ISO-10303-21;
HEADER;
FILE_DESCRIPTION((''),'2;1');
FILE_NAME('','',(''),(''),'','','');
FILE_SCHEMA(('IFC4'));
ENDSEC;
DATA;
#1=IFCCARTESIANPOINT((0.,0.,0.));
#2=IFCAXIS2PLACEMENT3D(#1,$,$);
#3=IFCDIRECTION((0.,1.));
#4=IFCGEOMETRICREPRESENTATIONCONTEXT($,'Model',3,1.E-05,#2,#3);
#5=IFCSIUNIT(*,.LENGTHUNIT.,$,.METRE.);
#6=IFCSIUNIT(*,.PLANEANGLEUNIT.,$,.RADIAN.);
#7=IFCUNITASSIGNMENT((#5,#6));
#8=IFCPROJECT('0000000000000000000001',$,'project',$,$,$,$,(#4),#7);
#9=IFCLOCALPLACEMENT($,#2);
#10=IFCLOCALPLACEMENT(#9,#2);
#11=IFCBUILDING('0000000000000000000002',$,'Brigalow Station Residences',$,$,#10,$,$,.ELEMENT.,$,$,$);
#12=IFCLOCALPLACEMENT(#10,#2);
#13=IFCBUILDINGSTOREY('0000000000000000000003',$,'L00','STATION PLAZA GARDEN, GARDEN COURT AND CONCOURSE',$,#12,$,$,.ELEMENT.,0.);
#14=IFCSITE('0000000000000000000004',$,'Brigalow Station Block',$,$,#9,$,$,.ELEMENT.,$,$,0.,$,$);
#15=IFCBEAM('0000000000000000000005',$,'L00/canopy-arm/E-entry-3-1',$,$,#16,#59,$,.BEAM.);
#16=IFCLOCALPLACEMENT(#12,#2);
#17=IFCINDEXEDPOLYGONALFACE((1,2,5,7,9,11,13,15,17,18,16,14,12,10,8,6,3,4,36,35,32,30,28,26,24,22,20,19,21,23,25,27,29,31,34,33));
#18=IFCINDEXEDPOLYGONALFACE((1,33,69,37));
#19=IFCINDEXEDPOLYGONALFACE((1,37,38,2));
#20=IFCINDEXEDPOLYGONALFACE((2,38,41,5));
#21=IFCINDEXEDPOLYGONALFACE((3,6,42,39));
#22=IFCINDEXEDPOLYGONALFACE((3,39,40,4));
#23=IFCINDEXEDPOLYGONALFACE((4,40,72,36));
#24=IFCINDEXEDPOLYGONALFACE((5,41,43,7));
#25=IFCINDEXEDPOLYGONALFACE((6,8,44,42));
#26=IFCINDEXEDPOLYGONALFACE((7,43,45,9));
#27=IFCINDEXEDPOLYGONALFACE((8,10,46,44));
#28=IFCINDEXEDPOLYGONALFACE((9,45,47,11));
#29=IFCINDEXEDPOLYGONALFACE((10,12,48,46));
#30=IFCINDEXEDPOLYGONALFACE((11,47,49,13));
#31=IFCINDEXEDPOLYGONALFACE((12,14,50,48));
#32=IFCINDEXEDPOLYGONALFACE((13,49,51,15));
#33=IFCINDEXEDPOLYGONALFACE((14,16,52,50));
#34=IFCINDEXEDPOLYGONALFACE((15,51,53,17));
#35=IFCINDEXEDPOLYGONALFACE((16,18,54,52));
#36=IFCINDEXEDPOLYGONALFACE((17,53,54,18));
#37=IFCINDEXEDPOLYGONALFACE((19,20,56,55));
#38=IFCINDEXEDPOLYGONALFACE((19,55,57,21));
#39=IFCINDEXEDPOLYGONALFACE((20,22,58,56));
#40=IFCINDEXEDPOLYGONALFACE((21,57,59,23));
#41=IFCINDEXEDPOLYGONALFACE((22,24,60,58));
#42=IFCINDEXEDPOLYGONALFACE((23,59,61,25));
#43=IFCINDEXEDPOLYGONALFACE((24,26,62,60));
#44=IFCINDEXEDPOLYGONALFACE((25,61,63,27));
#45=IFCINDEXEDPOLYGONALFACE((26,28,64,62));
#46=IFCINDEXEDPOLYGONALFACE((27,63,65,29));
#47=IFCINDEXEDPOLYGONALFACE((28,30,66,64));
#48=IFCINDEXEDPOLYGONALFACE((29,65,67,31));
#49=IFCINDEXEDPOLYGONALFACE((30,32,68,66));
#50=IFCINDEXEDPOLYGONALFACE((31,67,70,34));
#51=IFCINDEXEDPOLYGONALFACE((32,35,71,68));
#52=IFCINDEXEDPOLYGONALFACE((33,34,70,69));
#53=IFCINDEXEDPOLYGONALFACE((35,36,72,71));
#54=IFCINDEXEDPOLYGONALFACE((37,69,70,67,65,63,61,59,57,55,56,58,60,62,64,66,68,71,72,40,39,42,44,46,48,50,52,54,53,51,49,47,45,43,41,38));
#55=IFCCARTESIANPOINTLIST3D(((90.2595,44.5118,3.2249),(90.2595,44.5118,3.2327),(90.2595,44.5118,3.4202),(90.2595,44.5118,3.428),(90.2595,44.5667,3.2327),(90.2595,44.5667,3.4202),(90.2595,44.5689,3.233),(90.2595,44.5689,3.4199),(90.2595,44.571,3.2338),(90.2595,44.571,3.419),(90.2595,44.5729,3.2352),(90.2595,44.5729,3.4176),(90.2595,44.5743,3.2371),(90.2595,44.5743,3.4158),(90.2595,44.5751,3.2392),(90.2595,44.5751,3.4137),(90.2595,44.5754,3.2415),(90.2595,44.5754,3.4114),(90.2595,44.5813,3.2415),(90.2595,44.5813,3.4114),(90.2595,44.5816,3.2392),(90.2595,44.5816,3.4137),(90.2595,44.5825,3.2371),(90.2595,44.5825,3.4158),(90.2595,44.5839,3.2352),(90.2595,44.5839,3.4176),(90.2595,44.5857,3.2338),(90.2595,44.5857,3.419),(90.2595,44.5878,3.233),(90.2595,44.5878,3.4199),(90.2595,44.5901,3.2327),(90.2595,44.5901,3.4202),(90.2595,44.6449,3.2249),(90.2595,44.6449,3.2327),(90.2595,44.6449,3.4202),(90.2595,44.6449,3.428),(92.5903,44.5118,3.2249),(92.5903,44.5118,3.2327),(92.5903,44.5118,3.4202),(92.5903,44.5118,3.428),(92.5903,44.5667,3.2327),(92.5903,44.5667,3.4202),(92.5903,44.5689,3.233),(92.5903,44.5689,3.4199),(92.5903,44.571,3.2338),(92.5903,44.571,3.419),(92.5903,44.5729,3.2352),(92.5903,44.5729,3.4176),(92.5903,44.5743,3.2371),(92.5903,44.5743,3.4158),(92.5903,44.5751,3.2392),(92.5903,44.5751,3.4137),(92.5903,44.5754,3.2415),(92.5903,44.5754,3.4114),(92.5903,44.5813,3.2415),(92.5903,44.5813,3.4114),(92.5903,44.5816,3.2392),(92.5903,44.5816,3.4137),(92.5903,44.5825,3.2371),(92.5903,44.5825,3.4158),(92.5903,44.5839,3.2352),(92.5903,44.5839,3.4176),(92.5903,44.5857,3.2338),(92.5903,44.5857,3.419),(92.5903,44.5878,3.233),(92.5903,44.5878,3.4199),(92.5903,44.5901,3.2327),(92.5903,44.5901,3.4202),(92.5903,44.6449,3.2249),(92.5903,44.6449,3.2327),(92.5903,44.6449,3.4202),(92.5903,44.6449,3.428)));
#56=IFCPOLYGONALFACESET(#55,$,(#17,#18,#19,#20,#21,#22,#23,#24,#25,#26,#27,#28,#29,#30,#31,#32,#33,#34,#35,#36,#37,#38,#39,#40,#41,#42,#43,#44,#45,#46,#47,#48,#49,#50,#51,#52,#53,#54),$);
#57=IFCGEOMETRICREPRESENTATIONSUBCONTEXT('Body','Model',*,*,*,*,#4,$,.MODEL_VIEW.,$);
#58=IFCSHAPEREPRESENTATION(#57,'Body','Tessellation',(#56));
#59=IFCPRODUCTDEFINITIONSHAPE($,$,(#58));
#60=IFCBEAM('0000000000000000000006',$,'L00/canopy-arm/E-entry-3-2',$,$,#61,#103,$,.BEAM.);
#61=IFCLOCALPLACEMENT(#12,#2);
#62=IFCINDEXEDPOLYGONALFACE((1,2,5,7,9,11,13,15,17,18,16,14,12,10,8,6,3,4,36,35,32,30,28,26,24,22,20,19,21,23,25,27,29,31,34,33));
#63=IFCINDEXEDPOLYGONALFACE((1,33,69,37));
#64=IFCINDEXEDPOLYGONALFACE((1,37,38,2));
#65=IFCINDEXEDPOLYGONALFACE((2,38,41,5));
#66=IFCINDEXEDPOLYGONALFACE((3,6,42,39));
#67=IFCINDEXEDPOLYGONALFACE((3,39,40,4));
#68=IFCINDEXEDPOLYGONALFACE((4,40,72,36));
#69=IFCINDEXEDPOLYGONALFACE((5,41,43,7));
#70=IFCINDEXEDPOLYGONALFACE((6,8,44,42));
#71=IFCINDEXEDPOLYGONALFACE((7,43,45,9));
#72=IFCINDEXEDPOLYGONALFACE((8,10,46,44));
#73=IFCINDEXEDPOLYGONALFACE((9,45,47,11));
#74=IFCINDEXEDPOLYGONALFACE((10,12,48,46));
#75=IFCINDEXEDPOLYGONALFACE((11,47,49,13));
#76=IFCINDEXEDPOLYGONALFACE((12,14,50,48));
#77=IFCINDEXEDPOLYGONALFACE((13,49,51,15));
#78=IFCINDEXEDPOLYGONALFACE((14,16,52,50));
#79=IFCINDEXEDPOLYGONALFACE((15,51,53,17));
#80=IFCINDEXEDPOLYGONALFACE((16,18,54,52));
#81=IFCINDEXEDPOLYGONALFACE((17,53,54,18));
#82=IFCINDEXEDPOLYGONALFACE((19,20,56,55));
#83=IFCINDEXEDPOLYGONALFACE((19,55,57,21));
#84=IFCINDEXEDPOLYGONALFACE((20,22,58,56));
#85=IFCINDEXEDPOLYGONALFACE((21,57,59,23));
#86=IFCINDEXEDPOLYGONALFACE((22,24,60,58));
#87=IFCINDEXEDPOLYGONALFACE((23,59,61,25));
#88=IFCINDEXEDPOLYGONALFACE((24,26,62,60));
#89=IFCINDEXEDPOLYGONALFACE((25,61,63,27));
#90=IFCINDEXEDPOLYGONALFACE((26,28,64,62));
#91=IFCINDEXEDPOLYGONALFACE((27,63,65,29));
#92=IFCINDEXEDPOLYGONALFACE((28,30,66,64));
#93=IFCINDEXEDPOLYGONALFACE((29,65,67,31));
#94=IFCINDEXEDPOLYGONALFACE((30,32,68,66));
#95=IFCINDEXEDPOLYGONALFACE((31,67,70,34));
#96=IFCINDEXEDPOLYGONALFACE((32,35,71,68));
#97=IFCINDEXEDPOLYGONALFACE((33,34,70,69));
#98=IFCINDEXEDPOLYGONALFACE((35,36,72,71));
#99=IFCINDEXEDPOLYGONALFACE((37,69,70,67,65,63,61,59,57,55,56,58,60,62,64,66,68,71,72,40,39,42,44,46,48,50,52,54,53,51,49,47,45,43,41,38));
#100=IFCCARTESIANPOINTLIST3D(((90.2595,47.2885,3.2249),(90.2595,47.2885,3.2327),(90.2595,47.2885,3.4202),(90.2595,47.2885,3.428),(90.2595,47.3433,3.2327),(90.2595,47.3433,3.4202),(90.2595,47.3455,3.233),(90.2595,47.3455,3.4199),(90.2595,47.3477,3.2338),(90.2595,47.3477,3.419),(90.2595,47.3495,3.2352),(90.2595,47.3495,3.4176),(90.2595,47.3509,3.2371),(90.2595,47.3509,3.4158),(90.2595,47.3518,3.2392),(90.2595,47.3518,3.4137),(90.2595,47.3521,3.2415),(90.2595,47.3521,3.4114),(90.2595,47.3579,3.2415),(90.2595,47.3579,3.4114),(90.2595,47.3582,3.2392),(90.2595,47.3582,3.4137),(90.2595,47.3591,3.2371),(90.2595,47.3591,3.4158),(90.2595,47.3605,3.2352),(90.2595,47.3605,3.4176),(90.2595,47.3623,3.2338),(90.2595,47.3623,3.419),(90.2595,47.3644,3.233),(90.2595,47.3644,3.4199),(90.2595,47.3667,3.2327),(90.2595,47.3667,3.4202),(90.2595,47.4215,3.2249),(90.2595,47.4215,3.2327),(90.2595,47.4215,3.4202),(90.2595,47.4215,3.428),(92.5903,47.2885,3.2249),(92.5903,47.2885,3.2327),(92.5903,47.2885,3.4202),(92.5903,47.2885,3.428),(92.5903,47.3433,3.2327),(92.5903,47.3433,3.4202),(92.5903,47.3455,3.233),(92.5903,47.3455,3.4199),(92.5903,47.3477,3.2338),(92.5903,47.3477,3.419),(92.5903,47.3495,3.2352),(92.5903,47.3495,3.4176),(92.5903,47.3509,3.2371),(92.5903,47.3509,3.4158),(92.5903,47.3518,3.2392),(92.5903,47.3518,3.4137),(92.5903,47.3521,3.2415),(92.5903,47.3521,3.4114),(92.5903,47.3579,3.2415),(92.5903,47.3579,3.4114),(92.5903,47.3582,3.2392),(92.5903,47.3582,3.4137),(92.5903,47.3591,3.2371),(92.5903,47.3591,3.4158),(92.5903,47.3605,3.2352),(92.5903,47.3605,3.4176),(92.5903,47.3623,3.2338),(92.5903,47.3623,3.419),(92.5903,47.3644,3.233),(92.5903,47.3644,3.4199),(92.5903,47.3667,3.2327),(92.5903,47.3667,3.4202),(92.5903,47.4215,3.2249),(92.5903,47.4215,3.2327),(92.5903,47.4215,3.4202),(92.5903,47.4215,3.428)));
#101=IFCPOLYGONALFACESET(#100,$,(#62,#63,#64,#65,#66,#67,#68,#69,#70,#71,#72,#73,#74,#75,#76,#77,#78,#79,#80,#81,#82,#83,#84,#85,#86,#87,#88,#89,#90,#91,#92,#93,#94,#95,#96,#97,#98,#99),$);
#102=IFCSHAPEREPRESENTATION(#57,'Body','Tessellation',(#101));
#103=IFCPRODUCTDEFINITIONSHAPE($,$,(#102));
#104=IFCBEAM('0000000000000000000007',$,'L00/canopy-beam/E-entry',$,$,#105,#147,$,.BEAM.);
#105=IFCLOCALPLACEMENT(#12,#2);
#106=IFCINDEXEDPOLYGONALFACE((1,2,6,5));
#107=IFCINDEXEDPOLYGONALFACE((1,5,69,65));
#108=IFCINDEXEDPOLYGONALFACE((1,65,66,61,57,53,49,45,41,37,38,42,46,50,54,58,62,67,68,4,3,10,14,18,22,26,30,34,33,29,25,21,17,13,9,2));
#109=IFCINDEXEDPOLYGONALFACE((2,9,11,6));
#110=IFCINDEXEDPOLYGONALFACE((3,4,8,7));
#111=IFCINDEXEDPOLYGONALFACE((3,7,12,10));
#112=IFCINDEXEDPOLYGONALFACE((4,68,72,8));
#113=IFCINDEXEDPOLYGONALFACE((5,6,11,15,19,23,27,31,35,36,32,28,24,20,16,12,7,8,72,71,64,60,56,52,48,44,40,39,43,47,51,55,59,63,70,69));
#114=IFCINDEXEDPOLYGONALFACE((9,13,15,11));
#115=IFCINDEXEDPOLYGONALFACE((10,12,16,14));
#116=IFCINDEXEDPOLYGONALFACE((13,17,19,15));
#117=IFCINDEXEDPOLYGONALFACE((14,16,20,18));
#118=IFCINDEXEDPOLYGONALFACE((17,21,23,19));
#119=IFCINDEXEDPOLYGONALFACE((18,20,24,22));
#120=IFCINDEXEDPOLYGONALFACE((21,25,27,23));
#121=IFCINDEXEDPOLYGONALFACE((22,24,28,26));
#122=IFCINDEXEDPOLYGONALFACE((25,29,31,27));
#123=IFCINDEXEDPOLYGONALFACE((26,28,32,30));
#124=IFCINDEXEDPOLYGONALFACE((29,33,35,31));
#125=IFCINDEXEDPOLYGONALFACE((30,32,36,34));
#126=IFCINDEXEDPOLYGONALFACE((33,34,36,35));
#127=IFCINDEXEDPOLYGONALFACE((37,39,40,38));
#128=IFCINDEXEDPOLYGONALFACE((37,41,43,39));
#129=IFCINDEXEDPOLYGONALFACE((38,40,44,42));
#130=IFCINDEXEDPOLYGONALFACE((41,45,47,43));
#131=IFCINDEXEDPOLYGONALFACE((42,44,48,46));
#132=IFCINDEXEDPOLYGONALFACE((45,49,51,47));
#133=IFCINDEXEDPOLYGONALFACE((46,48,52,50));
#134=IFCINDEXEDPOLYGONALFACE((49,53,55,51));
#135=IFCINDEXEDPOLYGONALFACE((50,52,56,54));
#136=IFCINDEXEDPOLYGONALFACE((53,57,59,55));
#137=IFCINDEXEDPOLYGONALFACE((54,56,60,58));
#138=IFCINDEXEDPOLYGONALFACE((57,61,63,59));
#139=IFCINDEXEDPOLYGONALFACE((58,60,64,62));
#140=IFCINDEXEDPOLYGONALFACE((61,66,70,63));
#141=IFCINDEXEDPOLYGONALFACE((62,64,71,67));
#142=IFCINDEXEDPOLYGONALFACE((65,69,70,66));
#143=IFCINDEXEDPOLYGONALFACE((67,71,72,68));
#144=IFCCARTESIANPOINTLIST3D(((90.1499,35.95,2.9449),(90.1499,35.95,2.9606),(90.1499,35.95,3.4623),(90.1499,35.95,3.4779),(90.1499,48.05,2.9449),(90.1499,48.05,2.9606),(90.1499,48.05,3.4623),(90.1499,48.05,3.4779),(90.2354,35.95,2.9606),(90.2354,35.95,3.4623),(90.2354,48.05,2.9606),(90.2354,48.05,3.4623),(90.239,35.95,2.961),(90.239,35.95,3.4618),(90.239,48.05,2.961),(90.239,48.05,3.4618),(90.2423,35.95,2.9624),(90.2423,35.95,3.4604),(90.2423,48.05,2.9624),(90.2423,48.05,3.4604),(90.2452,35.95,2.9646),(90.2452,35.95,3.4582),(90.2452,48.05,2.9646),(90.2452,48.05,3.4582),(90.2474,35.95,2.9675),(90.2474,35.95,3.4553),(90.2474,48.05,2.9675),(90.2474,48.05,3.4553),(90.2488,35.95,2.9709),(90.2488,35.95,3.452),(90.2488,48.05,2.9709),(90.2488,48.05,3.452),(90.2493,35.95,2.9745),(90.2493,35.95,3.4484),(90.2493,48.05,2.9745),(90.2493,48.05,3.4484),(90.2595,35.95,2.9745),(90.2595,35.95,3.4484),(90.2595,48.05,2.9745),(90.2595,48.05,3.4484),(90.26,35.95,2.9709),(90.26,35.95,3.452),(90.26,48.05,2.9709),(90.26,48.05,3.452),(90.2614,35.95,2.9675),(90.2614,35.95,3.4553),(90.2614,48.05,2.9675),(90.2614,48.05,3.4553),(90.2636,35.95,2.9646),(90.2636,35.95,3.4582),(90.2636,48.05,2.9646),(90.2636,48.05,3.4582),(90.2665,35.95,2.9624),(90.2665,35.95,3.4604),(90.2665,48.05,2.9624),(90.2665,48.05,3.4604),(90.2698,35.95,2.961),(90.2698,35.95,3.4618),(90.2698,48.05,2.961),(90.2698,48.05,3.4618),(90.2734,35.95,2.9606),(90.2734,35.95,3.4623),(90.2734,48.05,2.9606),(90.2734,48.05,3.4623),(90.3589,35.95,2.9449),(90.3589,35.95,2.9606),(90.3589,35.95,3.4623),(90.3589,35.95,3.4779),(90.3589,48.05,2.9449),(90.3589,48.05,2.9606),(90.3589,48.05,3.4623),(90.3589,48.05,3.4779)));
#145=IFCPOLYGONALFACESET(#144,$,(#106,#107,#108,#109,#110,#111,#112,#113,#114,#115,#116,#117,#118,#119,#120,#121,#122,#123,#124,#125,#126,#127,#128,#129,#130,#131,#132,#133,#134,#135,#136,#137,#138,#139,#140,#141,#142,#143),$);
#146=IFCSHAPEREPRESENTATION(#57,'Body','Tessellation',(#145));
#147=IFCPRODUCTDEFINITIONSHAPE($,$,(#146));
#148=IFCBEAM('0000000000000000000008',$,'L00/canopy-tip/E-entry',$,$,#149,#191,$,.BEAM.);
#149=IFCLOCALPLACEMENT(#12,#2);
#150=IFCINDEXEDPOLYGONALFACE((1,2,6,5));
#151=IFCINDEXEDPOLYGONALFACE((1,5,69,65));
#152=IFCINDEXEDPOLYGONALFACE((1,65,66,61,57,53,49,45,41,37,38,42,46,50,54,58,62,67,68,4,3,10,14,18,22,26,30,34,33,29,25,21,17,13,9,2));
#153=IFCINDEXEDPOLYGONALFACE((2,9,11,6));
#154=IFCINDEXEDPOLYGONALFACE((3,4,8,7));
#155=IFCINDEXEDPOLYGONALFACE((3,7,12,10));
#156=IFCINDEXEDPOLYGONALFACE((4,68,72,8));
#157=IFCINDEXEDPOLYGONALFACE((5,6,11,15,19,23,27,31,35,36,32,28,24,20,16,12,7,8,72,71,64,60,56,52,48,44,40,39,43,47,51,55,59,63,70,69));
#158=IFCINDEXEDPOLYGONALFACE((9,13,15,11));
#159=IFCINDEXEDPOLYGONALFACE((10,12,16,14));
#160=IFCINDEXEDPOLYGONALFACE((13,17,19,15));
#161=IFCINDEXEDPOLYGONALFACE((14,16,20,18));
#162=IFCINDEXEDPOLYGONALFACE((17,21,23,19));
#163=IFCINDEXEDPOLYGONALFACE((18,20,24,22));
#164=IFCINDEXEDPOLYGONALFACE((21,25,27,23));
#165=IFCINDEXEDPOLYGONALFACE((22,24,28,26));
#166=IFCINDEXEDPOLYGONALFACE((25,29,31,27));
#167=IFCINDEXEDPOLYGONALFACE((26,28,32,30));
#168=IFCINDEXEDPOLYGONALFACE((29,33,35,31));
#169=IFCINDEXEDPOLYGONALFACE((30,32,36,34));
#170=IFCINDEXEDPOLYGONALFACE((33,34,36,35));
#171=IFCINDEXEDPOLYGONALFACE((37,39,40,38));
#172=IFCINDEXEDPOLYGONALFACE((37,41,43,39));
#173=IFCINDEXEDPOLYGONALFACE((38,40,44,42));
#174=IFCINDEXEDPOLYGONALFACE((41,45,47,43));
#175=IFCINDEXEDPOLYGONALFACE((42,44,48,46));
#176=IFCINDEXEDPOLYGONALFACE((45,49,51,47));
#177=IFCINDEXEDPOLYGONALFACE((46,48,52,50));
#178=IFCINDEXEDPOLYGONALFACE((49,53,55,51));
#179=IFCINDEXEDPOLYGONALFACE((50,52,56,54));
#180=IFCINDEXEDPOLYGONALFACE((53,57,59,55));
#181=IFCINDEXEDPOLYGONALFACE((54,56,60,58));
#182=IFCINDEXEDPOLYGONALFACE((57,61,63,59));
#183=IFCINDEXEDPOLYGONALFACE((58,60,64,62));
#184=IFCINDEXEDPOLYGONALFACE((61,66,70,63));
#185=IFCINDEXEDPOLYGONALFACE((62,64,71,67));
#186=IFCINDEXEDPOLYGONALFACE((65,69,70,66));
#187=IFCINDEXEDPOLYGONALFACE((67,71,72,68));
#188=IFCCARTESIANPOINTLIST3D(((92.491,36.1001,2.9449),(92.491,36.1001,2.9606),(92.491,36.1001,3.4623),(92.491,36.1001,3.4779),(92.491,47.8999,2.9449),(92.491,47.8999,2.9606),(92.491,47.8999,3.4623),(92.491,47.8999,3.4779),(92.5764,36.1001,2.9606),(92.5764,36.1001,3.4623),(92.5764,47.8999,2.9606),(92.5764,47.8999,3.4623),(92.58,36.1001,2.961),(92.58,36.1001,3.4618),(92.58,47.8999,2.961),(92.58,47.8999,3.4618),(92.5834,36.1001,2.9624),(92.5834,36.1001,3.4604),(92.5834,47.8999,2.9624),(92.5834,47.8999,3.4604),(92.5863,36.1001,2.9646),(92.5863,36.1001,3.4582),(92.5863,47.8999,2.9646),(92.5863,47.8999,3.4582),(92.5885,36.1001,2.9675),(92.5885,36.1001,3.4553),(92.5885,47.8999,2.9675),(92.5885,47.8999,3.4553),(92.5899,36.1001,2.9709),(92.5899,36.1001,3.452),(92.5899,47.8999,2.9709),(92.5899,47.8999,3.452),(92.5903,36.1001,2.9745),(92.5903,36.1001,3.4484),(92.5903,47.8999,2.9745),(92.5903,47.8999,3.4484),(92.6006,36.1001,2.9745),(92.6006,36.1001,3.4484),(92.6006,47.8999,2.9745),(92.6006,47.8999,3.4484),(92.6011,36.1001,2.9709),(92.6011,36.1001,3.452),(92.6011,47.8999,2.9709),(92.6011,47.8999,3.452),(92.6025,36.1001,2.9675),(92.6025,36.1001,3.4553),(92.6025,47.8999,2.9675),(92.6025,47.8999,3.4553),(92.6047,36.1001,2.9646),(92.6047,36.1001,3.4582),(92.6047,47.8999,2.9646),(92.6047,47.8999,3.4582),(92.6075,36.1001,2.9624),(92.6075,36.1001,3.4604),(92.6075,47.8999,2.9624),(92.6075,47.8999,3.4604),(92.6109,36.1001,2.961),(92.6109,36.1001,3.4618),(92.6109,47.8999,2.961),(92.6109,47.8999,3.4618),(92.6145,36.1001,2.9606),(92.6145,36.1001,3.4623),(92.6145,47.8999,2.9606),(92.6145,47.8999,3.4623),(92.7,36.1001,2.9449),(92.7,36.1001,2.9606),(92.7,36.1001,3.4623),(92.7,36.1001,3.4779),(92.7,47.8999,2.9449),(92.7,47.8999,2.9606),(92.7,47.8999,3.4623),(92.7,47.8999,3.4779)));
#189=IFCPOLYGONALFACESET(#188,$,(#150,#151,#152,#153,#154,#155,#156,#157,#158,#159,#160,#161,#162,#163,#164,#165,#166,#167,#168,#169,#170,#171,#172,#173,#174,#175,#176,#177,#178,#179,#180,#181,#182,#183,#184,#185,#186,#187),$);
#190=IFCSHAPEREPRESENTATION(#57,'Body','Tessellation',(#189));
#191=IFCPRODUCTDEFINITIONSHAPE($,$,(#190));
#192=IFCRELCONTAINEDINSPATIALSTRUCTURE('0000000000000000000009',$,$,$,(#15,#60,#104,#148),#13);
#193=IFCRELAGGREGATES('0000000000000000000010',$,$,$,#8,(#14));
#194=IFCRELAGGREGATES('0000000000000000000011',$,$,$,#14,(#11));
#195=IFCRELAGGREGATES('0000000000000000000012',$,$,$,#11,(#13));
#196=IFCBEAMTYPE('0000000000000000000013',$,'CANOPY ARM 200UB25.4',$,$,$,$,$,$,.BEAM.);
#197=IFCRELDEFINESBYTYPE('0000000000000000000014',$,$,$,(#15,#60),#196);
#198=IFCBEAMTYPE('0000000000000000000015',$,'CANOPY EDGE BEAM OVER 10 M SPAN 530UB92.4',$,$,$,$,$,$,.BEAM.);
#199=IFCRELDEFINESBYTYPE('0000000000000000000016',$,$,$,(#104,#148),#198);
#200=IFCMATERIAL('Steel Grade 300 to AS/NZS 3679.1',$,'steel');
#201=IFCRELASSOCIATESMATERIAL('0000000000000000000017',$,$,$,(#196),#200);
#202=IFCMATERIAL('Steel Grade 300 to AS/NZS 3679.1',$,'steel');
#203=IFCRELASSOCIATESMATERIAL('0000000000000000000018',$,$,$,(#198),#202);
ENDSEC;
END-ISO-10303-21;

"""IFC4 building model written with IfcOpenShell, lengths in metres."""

from ifc_helpers import new_model, si_unit, direction, frame, origin, origin_2d, place, context, subcontext, project, spatial, i_section, extrude, material, material_profile, profile_set, type_object, element, save


model = new_model("IFC4")

# Units and contexts
model_context = context("Model", 3, precision=1e-05, world=origin(), true_north=direction((0.0, 1.0)))
body_context = subcontext(model_context, "Body", "Model", "MODEL_VIEW")
ifc_project = project(units=[si_unit("LENGTHUNIT", "METRE"), si_unit("PLANEANGLEUNIT", "RADIAN")], contexts=[model_context])

# Site, building, storey
site_placement = place(None, origin())
site = spatial("IfcSite", under=ifc_project, at=site_placement, Name="Brigalow Station Block", CompositionType="ELEMENT", RefElevation=0.0)
building_placement = place(site_placement, origin())
building = spatial("IfcBuilding", under=site, at=building_placement, Name="Brigalow Station Residences", CompositionType="ELEMENT")
storey_placement = place(building_placement, origin())
storey = spatial("IfcBuildingStorey", under=building, at=storey_placement, Name="L00", Description="STATION PLAZA GARDEN, GARDEN COURT AND CONCOURSE", CompositionType="ELEMENT", Elevation=0.0)

# Beams
ifc_material_1 = material(Name="Steel Grade 300 to AS/NZS 3679.1", Category="steel")
ifc_material_profile_1 = material_profile(ifc_material_1, i_section(OverallWidth=0.1331, OverallDepth=0.2031, WebThickness=0.0059, FlangeThickness=0.0078, FilletRadius=0.0088, at=origin_2d()), Name="200UB25.4")
ifc_profile_set_1 = profile_set([ifc_material_profile_1], Name="Steel Grade 300 to AS/NZS 3679.1")
beam_type_1 = type_object("IfcBeamType", Name="CANOPY ARM 200UB25.4", PredefinedType="BEAM", material=ifc_profile_set_1)
for number, where, z_axis, x_axis, name in (
    (1, (90.2595, 44.5784, 3.3264), (1.0, 0.0, 0.0), (0.0, 1.0, 0.0), "L00/canopy-arm/E-entry-3-1"),
    (2, (90.2595, 47.355, 3.3264), (1.0, 0.0, 0.0), (0.0, 1.0, 0.0), "L00/canopy-arm/E-entry-3-2"),
):
    element("IfcBeam", number, at=place(storey_placement, frame(where, z_axis=z_axis, x_axis=x_axis)), inside=storey, type_object=beam_type_1, Name=name, PredefinedType="BEAM", context=body_context, shape_type="SweptSolid", body=[
        extrude(i_section(OverallWidth=0.1331, OverallDepth=0.2031, WebThickness=0.0059, FlangeThickness=0.0078, FilletRadius=0.0088, at=origin_2d()), origin(), (0.0, 0.0, 1.0), 2.3308),
    ])
ifc_material_2 = material(Name="Steel Grade 300 to AS/NZS 3679.1", Category="steel")
ifc_material_profile_2 = material_profile(ifc_material_2, i_section(OverallWidth=0.209, OverallDepth=0.533, WebThickness=0.0103, FlangeThickness=0.0156, FilletRadius=0.0139, at=origin_2d()), Name="530UB92.4")
ifc_profile_set_2 = profile_set([ifc_material_profile_2], Name="Steel Grade 300 to AS/NZS 3679.1")
beam_type_2 = type_object("IfcBeamType", Name="CANOPY EDGE BEAM OVER 10 M SPAN 530UB92.4", PredefinedType="BEAM", material=ifc_profile_set_2)
beam_1_placement = place(storey_placement, frame((90.2544, 35.95, 3.2114), z_axis=(0.0, 1.0, 0.0), x_axis=(-1.0, 0.0, 0.0)))
element("IfcBeam", 3, at=beam_1_placement, inside=storey, type_object=beam_type_2, Name="L00/canopy-beam/E-entry", PredefinedType="BEAM", context=body_context, shape_type="SweptSolid", body=[
    extrude(i_section(OverallWidth=0.209, OverallDepth=0.533, WebThickness=0.0103, FlangeThickness=0.0156, FilletRadius=0.0139, at=origin_2d()), origin(), (0.0, 0.0, 1.0), 12.1001),
])
beam_2_placement = place(storey_placement, frame((92.5955, 36.1001, 3.2114), z_axis=(0.0, 1.0, 0.0), x_axis=(-1.0, 0.0, 0.0)))
element("IfcBeam", 4, at=beam_2_placement, inside=storey, type_object=beam_type_2, Name="L00/canopy-tip/E-entry", PredefinedType="BEAM", context=body_context, shape_type="SweptSolid", body=[
    extrude(i_section(OverallWidth=0.209, OverallDepth=0.533, WebThickness=0.0103, FlangeThickness=0.0156, FilletRadius=0.0139, at=origin_2d()), origin(), (0.0, 0.0, 1.0), 11.7998),
])

save(model, "model.ifc")
